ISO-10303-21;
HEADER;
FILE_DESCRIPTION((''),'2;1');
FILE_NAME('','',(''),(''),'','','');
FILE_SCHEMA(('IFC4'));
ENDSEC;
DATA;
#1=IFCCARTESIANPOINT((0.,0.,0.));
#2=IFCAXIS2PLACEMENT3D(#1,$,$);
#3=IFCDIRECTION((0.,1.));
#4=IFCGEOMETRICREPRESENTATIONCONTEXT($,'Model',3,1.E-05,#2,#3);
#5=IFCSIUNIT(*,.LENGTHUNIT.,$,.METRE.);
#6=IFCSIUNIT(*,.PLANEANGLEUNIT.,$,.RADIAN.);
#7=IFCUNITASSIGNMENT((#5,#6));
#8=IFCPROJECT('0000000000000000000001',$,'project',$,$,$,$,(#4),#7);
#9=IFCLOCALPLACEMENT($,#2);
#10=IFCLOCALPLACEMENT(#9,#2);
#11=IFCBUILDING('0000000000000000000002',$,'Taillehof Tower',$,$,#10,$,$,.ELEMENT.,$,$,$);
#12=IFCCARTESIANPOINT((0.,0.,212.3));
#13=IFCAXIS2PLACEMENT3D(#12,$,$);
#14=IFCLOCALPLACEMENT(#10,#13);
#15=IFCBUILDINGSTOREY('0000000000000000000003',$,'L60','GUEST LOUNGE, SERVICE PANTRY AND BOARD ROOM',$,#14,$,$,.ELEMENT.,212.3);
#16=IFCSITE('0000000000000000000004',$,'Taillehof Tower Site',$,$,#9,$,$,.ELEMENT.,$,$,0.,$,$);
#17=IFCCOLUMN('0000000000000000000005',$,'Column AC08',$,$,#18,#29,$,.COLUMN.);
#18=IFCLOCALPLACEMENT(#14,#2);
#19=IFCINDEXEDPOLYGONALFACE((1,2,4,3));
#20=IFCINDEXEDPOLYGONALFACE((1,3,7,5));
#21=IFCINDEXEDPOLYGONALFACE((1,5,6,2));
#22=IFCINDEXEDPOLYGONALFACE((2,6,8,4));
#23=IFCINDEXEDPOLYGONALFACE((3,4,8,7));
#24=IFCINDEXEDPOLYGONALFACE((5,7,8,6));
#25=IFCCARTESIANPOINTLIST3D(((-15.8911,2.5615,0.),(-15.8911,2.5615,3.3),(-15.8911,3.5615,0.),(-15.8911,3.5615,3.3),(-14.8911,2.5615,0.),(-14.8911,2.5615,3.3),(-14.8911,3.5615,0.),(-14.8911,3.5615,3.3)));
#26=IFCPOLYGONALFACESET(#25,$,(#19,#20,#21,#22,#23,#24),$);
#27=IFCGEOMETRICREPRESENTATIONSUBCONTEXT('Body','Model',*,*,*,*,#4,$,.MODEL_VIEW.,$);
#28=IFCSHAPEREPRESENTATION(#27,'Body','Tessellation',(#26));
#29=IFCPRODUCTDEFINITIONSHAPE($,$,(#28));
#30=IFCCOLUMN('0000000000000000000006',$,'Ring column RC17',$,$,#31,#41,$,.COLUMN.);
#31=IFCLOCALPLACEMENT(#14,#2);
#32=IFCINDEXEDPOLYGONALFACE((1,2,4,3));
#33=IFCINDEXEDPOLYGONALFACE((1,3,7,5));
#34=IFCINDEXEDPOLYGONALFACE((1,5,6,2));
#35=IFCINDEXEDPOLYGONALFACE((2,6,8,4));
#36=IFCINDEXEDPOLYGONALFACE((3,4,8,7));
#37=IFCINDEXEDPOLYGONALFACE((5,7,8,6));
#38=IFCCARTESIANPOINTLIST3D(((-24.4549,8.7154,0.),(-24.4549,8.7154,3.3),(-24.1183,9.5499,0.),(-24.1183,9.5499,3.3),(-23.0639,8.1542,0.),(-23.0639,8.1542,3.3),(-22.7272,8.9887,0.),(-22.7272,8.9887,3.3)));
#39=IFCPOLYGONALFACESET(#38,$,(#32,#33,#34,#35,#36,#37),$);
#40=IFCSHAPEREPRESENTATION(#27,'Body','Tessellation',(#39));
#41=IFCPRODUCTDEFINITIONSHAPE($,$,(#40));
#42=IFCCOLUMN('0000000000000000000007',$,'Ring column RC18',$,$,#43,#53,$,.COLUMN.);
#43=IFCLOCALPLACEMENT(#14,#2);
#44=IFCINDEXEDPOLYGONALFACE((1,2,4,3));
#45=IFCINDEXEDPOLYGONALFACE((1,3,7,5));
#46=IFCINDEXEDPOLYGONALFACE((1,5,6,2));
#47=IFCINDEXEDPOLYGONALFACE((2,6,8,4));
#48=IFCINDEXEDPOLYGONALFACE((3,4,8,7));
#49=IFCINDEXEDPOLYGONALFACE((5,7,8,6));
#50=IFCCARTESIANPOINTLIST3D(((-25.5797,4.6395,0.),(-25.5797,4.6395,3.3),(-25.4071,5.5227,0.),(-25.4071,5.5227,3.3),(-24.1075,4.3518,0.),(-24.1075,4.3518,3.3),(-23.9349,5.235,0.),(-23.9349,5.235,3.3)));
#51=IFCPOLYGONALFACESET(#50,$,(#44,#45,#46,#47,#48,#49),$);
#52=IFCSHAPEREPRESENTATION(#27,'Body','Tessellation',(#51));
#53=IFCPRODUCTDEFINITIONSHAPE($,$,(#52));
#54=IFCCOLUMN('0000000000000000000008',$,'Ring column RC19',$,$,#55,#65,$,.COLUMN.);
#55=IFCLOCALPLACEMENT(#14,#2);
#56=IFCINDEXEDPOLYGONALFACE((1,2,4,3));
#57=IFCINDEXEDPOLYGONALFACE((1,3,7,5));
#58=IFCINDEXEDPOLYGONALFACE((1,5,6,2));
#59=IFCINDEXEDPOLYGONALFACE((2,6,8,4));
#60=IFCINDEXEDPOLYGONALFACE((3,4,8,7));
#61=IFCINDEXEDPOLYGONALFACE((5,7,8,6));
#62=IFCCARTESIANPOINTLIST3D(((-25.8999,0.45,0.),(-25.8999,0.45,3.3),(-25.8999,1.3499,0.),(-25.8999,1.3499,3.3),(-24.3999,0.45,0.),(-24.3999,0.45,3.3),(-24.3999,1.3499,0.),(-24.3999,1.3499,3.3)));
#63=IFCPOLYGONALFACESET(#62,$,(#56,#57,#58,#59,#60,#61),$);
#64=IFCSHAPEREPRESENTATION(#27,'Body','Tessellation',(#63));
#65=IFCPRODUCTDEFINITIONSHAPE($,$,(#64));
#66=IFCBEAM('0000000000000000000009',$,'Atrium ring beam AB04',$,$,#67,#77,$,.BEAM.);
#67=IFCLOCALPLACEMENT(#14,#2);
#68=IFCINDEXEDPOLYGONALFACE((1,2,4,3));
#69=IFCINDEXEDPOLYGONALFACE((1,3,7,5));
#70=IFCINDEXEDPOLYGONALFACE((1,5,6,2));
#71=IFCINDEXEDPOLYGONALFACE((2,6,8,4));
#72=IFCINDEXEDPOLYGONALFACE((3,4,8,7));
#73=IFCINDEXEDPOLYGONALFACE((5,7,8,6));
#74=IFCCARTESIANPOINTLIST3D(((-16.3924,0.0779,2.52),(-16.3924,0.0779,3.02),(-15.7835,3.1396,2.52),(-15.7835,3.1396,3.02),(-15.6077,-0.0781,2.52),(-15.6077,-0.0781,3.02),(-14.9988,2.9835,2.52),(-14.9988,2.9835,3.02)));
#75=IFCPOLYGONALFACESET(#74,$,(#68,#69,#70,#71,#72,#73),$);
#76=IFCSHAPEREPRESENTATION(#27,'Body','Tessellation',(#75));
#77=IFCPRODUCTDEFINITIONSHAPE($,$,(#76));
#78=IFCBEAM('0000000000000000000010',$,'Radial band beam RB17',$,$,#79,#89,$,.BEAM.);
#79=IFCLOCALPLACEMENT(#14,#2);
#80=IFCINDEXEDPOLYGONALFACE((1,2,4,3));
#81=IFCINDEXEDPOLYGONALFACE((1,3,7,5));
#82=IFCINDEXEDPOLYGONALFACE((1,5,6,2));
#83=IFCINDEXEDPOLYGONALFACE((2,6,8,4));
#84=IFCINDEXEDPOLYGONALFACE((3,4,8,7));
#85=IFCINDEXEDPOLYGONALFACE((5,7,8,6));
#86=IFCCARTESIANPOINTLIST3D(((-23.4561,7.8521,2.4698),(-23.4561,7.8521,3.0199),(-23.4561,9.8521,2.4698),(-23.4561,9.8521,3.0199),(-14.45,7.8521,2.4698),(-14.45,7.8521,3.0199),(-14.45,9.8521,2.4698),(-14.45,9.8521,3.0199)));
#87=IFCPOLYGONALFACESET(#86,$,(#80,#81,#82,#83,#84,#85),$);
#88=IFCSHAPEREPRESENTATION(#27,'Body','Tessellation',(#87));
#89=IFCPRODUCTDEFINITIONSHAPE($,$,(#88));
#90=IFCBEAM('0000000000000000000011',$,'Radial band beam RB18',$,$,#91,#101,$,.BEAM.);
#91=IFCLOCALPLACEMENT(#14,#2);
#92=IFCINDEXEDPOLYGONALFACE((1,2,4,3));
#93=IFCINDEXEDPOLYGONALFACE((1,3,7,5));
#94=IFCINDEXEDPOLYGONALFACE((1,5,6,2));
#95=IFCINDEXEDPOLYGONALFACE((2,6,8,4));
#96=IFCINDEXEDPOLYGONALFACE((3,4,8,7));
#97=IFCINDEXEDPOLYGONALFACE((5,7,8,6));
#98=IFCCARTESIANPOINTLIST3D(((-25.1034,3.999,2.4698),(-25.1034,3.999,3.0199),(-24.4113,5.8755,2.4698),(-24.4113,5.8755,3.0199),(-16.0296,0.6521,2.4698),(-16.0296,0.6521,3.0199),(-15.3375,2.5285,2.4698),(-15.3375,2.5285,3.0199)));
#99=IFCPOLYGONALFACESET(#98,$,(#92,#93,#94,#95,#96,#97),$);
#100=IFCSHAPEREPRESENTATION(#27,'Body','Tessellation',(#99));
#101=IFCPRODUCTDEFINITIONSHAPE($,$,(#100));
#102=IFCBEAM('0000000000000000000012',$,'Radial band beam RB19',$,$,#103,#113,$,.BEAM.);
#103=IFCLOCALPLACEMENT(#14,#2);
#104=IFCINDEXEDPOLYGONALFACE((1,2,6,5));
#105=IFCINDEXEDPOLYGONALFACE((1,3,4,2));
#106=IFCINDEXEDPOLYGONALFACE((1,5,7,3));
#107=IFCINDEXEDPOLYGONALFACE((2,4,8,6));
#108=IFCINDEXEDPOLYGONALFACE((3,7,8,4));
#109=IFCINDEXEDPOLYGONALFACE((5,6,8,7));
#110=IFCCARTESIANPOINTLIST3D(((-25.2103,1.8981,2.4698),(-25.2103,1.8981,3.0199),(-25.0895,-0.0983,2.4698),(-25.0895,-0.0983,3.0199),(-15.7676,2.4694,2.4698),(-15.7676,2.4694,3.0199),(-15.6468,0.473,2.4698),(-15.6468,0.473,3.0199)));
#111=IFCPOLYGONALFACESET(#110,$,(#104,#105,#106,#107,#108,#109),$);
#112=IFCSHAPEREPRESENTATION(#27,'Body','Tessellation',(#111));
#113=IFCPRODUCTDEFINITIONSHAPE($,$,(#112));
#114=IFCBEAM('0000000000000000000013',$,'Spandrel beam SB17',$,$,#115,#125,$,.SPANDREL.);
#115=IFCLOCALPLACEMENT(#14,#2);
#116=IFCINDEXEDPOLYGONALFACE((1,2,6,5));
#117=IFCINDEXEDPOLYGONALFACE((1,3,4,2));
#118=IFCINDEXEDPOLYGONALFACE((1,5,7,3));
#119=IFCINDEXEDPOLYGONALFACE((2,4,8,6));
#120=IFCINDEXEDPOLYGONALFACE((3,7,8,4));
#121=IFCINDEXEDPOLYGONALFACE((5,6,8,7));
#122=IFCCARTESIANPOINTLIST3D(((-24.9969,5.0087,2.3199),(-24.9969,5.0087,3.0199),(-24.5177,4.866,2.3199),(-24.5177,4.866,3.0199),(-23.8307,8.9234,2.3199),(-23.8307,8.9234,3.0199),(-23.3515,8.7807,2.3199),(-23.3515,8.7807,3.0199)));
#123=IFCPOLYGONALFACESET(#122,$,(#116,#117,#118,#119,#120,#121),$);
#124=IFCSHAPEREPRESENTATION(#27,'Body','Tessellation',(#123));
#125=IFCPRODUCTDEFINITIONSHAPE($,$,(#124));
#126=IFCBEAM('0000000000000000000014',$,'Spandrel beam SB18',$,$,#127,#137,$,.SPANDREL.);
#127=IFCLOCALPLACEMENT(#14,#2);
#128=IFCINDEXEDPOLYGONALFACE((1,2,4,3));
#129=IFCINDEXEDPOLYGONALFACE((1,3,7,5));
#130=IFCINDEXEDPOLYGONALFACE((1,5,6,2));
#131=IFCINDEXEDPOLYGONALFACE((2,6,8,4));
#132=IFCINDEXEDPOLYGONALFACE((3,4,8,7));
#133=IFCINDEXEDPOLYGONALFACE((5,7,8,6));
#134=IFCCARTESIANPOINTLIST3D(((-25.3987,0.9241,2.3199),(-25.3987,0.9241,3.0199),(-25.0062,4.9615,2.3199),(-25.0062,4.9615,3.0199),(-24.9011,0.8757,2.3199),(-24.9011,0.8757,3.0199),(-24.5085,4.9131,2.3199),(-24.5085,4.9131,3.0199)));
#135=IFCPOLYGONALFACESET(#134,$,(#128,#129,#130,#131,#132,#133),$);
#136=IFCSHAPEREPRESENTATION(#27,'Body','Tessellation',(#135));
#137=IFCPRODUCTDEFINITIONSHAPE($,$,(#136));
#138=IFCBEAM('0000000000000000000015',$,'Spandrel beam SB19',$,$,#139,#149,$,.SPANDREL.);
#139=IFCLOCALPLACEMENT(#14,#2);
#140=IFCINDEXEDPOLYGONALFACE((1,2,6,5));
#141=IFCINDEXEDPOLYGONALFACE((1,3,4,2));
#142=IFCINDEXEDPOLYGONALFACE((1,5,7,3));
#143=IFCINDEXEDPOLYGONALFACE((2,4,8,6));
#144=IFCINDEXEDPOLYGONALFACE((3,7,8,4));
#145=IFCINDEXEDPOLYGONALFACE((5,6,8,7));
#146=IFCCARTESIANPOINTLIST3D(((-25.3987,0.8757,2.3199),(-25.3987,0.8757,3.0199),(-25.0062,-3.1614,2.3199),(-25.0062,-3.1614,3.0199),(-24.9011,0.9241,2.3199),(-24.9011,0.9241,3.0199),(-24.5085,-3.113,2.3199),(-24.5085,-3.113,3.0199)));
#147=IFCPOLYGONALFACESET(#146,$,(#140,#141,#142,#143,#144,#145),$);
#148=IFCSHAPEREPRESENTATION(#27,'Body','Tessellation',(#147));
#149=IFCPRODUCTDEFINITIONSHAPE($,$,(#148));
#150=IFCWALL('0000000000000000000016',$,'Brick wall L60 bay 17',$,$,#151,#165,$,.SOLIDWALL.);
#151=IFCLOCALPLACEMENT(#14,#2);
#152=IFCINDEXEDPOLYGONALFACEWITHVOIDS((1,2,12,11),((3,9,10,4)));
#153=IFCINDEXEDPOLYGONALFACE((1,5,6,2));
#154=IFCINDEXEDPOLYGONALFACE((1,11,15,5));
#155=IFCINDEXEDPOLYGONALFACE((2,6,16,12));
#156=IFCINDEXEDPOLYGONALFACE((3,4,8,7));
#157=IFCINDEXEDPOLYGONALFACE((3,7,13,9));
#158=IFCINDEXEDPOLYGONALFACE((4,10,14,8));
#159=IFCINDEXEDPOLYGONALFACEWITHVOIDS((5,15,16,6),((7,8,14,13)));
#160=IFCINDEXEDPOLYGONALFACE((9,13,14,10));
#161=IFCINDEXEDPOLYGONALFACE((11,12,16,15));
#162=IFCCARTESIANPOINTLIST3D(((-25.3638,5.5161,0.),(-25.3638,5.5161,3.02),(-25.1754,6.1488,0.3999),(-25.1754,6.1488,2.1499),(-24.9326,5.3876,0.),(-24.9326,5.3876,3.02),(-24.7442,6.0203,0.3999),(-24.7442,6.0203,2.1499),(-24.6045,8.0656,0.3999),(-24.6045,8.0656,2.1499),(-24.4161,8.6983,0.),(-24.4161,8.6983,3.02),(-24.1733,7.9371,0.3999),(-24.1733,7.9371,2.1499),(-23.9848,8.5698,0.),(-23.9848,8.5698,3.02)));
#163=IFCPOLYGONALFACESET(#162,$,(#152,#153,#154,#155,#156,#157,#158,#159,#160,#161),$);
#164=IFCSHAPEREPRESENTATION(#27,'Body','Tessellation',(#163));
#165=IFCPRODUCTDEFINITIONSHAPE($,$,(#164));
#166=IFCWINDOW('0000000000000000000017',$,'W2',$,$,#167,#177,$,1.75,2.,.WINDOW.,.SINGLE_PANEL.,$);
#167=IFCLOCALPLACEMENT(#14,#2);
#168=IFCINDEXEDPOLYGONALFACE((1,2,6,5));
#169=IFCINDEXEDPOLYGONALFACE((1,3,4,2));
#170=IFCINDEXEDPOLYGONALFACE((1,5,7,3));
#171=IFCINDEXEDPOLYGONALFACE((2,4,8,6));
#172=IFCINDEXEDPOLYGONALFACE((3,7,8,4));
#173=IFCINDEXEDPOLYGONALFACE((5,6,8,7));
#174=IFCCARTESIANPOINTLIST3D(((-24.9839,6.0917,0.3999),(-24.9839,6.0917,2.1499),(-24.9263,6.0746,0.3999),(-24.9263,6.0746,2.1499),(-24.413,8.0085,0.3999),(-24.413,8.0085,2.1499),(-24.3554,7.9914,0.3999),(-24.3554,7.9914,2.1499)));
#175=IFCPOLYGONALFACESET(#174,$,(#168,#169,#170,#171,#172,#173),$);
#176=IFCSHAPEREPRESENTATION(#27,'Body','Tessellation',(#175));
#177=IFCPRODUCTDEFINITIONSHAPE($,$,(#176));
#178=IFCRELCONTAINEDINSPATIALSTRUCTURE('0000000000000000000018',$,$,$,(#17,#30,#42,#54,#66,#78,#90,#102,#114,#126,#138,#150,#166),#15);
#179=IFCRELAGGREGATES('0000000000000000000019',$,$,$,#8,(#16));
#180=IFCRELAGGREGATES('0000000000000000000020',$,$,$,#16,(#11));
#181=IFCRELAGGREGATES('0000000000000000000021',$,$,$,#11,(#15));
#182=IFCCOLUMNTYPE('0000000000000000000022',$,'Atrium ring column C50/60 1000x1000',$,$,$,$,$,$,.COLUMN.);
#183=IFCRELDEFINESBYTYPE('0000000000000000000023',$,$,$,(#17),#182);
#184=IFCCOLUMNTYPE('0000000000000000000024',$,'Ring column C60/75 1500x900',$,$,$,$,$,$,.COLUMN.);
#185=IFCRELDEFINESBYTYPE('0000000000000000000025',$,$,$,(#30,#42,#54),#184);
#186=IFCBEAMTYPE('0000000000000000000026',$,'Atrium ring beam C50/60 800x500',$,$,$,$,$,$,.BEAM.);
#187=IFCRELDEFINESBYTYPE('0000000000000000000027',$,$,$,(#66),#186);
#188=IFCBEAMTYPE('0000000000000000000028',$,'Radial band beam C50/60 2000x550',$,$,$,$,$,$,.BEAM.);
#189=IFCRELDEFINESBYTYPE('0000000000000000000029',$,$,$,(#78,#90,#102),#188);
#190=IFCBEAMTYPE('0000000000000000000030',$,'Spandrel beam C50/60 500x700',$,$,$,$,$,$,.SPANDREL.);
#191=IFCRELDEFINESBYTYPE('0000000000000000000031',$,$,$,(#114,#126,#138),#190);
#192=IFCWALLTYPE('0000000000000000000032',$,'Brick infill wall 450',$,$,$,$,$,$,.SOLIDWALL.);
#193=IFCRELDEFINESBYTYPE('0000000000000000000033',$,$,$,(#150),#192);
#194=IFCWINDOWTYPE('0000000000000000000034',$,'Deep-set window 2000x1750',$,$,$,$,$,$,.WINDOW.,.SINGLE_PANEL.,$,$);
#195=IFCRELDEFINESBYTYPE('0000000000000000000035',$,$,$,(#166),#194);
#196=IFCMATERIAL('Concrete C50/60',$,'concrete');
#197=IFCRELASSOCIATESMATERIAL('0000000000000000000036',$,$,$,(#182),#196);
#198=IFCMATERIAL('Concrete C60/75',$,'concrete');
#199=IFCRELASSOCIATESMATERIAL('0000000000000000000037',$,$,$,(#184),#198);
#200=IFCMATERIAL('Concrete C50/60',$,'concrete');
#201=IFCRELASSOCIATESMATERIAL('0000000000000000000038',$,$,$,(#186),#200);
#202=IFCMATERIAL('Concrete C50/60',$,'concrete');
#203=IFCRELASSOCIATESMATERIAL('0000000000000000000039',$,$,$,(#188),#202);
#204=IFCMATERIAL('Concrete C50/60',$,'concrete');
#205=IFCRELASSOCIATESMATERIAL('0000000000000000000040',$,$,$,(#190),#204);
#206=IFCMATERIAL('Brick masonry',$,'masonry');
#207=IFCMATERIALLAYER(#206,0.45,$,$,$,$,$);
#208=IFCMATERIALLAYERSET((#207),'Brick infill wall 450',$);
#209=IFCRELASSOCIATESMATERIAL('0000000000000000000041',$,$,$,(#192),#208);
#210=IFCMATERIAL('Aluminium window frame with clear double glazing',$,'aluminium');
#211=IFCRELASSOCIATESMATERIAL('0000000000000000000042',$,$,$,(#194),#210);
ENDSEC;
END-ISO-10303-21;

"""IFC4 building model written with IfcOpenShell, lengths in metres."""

from ifc_helpers import new_model, si_unit, direction, frame, frame_2d, origin, origin_2d, place, context, subcontext, project, spatial, rectangle, extrude, material, layer, layer_set, material_profile, profile_set, type_object, element, fill, save


model = new_model("IFC4")

# Units and contexts
model_context = context("Model", 3, precision=1e-05, world=origin(), true_north=direction((0.0, 1.0)))
body_context = subcontext(model_context, "Body", "Model", "MODEL_VIEW")
ifc_project = project(units=[si_unit("LENGTHUNIT", "METRE"), si_unit("PLANEANGLEUNIT", "RADIAN")], contexts=[model_context])

# Site, building, storey
site_placement = place(None, origin())
site = spatial("IfcSite", under=ifc_project, at=site_placement, Name="Taillehof Tower Site", CompositionType="ELEMENT", RefElevation=0.0)
building_placement = place(site_placement, origin())
building = spatial("IfcBuilding", under=site, at=building_placement, Name="Taillehof Tower", CompositionType="ELEMENT")
storey_placement = place(building_placement, frame((0.0, 0.0, 212.3)))
storey = spatial("IfcBuildingStorey", under=building, at=storey_placement, Name="L60", Description="GUEST LOUNGE, SERVICE PANTRY AND BOARD ROOM", CompositionType="ELEMENT", Elevation=212.3)

# Columns
ifc_material_1 = material(Name="Concrete C50/60", Category="concrete")
ifc_material_profile_1 = material_profile(ifc_material_1, rectangle(XDim=1.0, YDim=1.0, at=origin_2d()), Name="RC 1000x1000")
ifc_profile_set_1 = profile_set([ifc_material_profile_1], Name="Concrete C50/60")
column_type_1 = type_object("IfcColumnType", Name="Atrium ring column C50/60 1000x1000", PredefinedType="COLUMN", material=ifc_profile_set_1)
column_placement = place(storey_placement, frame((-15.3911, 3.0615, 0.0), z_axis=(0.0, 0.0, 1.0), x_axis=(1.0, 0.0, 0.0)))
element("IfcColumn", 1, at=column_placement, inside=storey, type_object=column_type_1, Name="Column AC08", PredefinedType="COLUMN", context=body_context, shape_type="SweptSolid", body=[
    extrude(rectangle(XDim=1.0, YDim=1.0, at=origin_2d()), origin(), (0.0, 0.0, 1.0), 3.3),
])
ifc_material_2 = material(Name="Concrete C60/75", Category="concrete")
ifc_material_profile_2 = material_profile(ifc_material_2, rectangle(XDim=1.5, YDim=0.8999, at=origin_2d()), Name="RC 1500x900")
ifc_profile_set_2 = profile_set([ifc_material_profile_2], Name="Concrete C60/75")
column_type_2 = type_object("IfcColumnType", Name="Ring column C60/75 1500x900", PredefinedType="COLUMN", material=ifc_profile_set_2)
for number, where, z_axis, x_axis, name in (
    (2, (-23.5911, 8.8521, 0.0), (0.0, 0.0, 1.0), (-0.927385, 0.374108, 0.0), "Ring column RC17"),
    (3, (-24.7573, 4.9373, 0.0), (0.0, 0.0, 1.0), (-0.981434, 0.191801, 0.0), "Ring column RC18"),
    (4, (-25.1499, 0.8999, 0.0), (0.0, 0.0, 1.0), (-1.0, 0.0, 0.0), "Ring column RC19"),
):
    element("IfcColumn", number, at=place(storey_placement, frame(where, z_axis=z_axis, x_axis=x_axis)), inside=storey, type_object=column_type_2, Name=name, PredefinedType="COLUMN", context=body_context, shape_type="SweptSolid", body=[
        extrude(rectangle(XDim=1.5, YDim=0.8999, at=origin_2d()), origin(), (0.0, 0.0, 1.0), 3.3),
    ])

# Beams
ifc_material_3 = material(Name="Concrete C50/60", Category="concrete")
ifc_material_profile_3 = material_profile(ifc_material_3, rectangle(XDim=0.8, YDim=0.5, at=origin_2d()), Name="RC 800x500")
ifc_profile_set_3 = profile_set([ifc_material_profile_3], Name="Concrete C50/60")
beam_type_1 = type_object("IfcBeamType", Name="Atrium ring beam C50/60 800x500", PredefinedType="BEAM", material=ifc_profile_set_3)
beam_1_placement = place(storey_placement, frame((-15.3911, 3.0615, 2.77), z_axis=(-0.195063, -0.980791, 0.0), x_axis=(0.980791, -0.195063, 0.0)))
element("IfcBeam", 5, at=beam_1_placement, inside=storey, type_object=beam_type_1, Name="Atrium ring beam AB04", PredefinedType="BEAM", context=body_context, shape_type="SweptSolid", body=[
    extrude(rectangle(XDim=0.8, YDim=0.5, at=origin_2d()), origin(), (0.0, 0.0, 1.0), 3.1216),
])
ifc_material_4 = material(Name="Concrete C50/60", Category="concrete")
ifc_material_profile_4 = material_profile(ifc_material_4, rectangle(XDim=2.0, YDim=0.55, at=origin_2d()), Name="RC 2000x550")
ifc_profile_set_4 = profile_set([ifc_material_profile_4], Name="Concrete C50/60")
beam_type_2 = type_object("IfcBeamType", Name="Radial band beam C50/60 2000x550", PredefinedType="BEAM", material=ifc_profile_set_4)
beam_2_placement = place(storey_placement, frame((-23.4561, 8.8521, 2.7449), z_axis=(1.0, 0.0, 0.0), x_axis=(0.0, 1.0, 0.0)))
element("IfcBeam", 6, at=beam_2_placement, inside=storey, type_object=beam_type_2, Name="Radial band beam RB17", PredefinedType="BEAM", context=body_context, shape_type="SweptSolid", body=[
    extrude(rectangle(XDim=2.0, YDim=0.55, at=origin_2d()), origin(), (0.0, 0.0, 1.0), 9.0061),
])
beam_3_placement = place(storey_placement, frame((-24.7573, 4.9373, 2.7449), z_axis=(0.93821, -0.346067, 0.0), x_axis=(0.346067, 0.93821, 0.0)))
element("IfcBeam", 7, at=beam_3_placement, inside=storey, type_object=beam_type_2, Name="Radial band beam RB18", PredefinedType="BEAM", context=body_context, shape_type="SweptSolid", body=[
    extrude(rectangle(XDim=2.0, YDim=0.55, at=origin_2d()), origin(), (0.0, 0.0, 1.0), 9.6714),
])
beam_4_placement = place(storey_placement, frame((-25.1499, 0.8999, 2.7449), z_axis=(0.998175, 0.060391, 0.0), x_axis=(-0.060391, 0.998175, 0.0)))
element("IfcBeam", 8, at=beam_4_placement, inside=storey, type_object=beam_type_2, Name="Radial band beam RB19", PredefinedType="BEAM", context=body_context, shape_type="SweptSolid", body=[
    extrude(rectangle(XDim=2.0, YDim=0.55, at=origin_2d()), origin(), (0.0, 0.0, 1.0), 9.46),
])
ifc_material_5 = material(Name="Concrete C50/60", Category="concrete")
ifc_material_profile_5 = material_profile(ifc_material_5, rectangle(XDim=0.5, YDim=0.7, at=origin_2d()), Name="RC 500x700")
ifc_profile_set_5 = profile_set([ifc_material_profile_5], Name="Concrete C50/60")
beam_type_3 = type_object("IfcBeamType", Name="Spandrel beam C50/60 500x700", PredefinedType="SPANDREL", material=ifc_profile_set_5)
beam_5_placement = place(storey_placement, frame((-23.5911, 8.8521, 2.6699), z_axis=(-0.28551, -0.958376, 0.0), x_axis=(0.958376, -0.28551, 0.0)))
element("IfcBeam", 9, at=beam_5_placement, inside=storey, type_object=beam_type_3, Name="Spandrel beam SB17", PredefinedType="SPANDREL", context=body_context, shape_type="SweptSolid", body=[
    extrude(rectangle(XDim=0.5, YDim=0.7, at=origin_2d()), origin(), (0.0, 0.0, 1.0), 4.0847),
])
beam_6_placement = place(storey_placement, frame((-24.7573, 4.9373, 2.6699), z_axis=(-0.09678, -0.995306, 0.0), x_axis=(0.995306, -0.09678, 0.0)))
element("IfcBeam", 10, at=beam_6_placement, inside=storey, type_object=beam_type_3, Name="Spandrel beam SB18", PredefinedType="SPANDREL", context=body_context, shape_type="SweptSolid", body=[
    extrude(rectangle(XDim=0.5, YDim=0.7, at=origin_2d()), origin(), (0.0, 0.0, 1.0), 4.0564),
])
beam_7_placement = place(storey_placement, frame((-25.1499, 0.8999, 2.6699), z_axis=(0.096786, -0.995305, 0.0), x_axis=(0.995305, 0.096786, 0.0)))
element("IfcBeam", 11, at=beam_7_placement, inside=storey, type_object=beam_type_3, Name="Spandrel beam SB19", PredefinedType="SPANDREL", context=body_context, shape_type="SweptSolid", body=[
    extrude(rectangle(XDim=0.5, YDim=0.7, at=origin_2d()), origin(), (0.0, 0.0, 1.0), 4.0562),
])

# Wall, opening, window
ifc_material_6 = material(Name="Brick masonry", Category="masonry")
ifc_layer_1 = layer(ifc_material_6, 0.45)
ifc_layer_set_1 = layer_set([ifc_layer_1], Name="Brick infill wall 450")
wall_type_1 = type_object("IfcWallType", Name="Brick infill wall 450", PredefinedType="SOLIDWALL", material=ifc_layer_set_1)
wall_1_placement = place(storey_placement, frame((-24.2004, 8.634, 0.0), z_axis=(0.0, 0.0, 1.0), x_axis=(-0.285445, -0.958395, 0.0)))
wall_1 = element("IfcWall", 12, at=wall_1_placement, inside=storey, type_object=wall_type_1, Name="Brick wall L60 bay 17", PredefinedType="SOLIDWALL", context=body_context, shape_type="SweptSolid", body=[
    extrude(rectangle(XDim=3.3203, YDim=0.45, at=frame_2d((1.6602, 0.0))), origin(), (0.0, 0.0, 1.0), 3.02),
])
opening_1_placement = place(wall_1_placement, frame((0.6602, 0.0, 0.3999)))
opening_1 = element("IfcOpeningElement", 13, at=opening_1_placement, cuts=wall_1, PredefinedType="OPENING", context=body_context, shape_type="SweptSolid", body=[
    extrude(rectangle(XDim=2.0, YDim=1.75, at=frame_2d((1.0, 0.875))), frame((0.0, 0.2349, 0.0), z_axis=(0.0, -1.0, 0.0), x_axis=(1.0, 0.0, 0.0)), (0.0, 0.0, 1.0), 0.47),
])
ifc_material_7 = material(Name="Aluminium window frame with clear double glazing", Category="aluminium")
window_type = type_object("IfcWindowType", Name="Deep-set window 2000x1750", PartitioningType="SINGLE_PANEL", PredefinedType="WINDOW", material=ifc_material_7)
window_1_placement = place(opening_1_placement, origin())
window_1 = element("IfcWindow", 14, at=window_1_placement, inside=storey, type_object=window_type, Name="W2", OverallHeight=1.75, OverallWidth=2.0, PartitioningType="SINGLE_PANEL", PredefinedType="WINDOW", context=body_context, shape_type="SweptSolid", body=[
    extrude(rectangle(XDim=2.0, YDim=1.75, at=frame_2d((1.0, 0.875))), frame((0.0, 0.0349, 0.0), z_axis=(0.0, -1.0, 0.0), x_axis=(1.0, 0.0, 0.0)), (0.0, 0.0, 1.0), 0.0601),
])
fill(opening_1, window_1)

save(model, "model.ifc")
